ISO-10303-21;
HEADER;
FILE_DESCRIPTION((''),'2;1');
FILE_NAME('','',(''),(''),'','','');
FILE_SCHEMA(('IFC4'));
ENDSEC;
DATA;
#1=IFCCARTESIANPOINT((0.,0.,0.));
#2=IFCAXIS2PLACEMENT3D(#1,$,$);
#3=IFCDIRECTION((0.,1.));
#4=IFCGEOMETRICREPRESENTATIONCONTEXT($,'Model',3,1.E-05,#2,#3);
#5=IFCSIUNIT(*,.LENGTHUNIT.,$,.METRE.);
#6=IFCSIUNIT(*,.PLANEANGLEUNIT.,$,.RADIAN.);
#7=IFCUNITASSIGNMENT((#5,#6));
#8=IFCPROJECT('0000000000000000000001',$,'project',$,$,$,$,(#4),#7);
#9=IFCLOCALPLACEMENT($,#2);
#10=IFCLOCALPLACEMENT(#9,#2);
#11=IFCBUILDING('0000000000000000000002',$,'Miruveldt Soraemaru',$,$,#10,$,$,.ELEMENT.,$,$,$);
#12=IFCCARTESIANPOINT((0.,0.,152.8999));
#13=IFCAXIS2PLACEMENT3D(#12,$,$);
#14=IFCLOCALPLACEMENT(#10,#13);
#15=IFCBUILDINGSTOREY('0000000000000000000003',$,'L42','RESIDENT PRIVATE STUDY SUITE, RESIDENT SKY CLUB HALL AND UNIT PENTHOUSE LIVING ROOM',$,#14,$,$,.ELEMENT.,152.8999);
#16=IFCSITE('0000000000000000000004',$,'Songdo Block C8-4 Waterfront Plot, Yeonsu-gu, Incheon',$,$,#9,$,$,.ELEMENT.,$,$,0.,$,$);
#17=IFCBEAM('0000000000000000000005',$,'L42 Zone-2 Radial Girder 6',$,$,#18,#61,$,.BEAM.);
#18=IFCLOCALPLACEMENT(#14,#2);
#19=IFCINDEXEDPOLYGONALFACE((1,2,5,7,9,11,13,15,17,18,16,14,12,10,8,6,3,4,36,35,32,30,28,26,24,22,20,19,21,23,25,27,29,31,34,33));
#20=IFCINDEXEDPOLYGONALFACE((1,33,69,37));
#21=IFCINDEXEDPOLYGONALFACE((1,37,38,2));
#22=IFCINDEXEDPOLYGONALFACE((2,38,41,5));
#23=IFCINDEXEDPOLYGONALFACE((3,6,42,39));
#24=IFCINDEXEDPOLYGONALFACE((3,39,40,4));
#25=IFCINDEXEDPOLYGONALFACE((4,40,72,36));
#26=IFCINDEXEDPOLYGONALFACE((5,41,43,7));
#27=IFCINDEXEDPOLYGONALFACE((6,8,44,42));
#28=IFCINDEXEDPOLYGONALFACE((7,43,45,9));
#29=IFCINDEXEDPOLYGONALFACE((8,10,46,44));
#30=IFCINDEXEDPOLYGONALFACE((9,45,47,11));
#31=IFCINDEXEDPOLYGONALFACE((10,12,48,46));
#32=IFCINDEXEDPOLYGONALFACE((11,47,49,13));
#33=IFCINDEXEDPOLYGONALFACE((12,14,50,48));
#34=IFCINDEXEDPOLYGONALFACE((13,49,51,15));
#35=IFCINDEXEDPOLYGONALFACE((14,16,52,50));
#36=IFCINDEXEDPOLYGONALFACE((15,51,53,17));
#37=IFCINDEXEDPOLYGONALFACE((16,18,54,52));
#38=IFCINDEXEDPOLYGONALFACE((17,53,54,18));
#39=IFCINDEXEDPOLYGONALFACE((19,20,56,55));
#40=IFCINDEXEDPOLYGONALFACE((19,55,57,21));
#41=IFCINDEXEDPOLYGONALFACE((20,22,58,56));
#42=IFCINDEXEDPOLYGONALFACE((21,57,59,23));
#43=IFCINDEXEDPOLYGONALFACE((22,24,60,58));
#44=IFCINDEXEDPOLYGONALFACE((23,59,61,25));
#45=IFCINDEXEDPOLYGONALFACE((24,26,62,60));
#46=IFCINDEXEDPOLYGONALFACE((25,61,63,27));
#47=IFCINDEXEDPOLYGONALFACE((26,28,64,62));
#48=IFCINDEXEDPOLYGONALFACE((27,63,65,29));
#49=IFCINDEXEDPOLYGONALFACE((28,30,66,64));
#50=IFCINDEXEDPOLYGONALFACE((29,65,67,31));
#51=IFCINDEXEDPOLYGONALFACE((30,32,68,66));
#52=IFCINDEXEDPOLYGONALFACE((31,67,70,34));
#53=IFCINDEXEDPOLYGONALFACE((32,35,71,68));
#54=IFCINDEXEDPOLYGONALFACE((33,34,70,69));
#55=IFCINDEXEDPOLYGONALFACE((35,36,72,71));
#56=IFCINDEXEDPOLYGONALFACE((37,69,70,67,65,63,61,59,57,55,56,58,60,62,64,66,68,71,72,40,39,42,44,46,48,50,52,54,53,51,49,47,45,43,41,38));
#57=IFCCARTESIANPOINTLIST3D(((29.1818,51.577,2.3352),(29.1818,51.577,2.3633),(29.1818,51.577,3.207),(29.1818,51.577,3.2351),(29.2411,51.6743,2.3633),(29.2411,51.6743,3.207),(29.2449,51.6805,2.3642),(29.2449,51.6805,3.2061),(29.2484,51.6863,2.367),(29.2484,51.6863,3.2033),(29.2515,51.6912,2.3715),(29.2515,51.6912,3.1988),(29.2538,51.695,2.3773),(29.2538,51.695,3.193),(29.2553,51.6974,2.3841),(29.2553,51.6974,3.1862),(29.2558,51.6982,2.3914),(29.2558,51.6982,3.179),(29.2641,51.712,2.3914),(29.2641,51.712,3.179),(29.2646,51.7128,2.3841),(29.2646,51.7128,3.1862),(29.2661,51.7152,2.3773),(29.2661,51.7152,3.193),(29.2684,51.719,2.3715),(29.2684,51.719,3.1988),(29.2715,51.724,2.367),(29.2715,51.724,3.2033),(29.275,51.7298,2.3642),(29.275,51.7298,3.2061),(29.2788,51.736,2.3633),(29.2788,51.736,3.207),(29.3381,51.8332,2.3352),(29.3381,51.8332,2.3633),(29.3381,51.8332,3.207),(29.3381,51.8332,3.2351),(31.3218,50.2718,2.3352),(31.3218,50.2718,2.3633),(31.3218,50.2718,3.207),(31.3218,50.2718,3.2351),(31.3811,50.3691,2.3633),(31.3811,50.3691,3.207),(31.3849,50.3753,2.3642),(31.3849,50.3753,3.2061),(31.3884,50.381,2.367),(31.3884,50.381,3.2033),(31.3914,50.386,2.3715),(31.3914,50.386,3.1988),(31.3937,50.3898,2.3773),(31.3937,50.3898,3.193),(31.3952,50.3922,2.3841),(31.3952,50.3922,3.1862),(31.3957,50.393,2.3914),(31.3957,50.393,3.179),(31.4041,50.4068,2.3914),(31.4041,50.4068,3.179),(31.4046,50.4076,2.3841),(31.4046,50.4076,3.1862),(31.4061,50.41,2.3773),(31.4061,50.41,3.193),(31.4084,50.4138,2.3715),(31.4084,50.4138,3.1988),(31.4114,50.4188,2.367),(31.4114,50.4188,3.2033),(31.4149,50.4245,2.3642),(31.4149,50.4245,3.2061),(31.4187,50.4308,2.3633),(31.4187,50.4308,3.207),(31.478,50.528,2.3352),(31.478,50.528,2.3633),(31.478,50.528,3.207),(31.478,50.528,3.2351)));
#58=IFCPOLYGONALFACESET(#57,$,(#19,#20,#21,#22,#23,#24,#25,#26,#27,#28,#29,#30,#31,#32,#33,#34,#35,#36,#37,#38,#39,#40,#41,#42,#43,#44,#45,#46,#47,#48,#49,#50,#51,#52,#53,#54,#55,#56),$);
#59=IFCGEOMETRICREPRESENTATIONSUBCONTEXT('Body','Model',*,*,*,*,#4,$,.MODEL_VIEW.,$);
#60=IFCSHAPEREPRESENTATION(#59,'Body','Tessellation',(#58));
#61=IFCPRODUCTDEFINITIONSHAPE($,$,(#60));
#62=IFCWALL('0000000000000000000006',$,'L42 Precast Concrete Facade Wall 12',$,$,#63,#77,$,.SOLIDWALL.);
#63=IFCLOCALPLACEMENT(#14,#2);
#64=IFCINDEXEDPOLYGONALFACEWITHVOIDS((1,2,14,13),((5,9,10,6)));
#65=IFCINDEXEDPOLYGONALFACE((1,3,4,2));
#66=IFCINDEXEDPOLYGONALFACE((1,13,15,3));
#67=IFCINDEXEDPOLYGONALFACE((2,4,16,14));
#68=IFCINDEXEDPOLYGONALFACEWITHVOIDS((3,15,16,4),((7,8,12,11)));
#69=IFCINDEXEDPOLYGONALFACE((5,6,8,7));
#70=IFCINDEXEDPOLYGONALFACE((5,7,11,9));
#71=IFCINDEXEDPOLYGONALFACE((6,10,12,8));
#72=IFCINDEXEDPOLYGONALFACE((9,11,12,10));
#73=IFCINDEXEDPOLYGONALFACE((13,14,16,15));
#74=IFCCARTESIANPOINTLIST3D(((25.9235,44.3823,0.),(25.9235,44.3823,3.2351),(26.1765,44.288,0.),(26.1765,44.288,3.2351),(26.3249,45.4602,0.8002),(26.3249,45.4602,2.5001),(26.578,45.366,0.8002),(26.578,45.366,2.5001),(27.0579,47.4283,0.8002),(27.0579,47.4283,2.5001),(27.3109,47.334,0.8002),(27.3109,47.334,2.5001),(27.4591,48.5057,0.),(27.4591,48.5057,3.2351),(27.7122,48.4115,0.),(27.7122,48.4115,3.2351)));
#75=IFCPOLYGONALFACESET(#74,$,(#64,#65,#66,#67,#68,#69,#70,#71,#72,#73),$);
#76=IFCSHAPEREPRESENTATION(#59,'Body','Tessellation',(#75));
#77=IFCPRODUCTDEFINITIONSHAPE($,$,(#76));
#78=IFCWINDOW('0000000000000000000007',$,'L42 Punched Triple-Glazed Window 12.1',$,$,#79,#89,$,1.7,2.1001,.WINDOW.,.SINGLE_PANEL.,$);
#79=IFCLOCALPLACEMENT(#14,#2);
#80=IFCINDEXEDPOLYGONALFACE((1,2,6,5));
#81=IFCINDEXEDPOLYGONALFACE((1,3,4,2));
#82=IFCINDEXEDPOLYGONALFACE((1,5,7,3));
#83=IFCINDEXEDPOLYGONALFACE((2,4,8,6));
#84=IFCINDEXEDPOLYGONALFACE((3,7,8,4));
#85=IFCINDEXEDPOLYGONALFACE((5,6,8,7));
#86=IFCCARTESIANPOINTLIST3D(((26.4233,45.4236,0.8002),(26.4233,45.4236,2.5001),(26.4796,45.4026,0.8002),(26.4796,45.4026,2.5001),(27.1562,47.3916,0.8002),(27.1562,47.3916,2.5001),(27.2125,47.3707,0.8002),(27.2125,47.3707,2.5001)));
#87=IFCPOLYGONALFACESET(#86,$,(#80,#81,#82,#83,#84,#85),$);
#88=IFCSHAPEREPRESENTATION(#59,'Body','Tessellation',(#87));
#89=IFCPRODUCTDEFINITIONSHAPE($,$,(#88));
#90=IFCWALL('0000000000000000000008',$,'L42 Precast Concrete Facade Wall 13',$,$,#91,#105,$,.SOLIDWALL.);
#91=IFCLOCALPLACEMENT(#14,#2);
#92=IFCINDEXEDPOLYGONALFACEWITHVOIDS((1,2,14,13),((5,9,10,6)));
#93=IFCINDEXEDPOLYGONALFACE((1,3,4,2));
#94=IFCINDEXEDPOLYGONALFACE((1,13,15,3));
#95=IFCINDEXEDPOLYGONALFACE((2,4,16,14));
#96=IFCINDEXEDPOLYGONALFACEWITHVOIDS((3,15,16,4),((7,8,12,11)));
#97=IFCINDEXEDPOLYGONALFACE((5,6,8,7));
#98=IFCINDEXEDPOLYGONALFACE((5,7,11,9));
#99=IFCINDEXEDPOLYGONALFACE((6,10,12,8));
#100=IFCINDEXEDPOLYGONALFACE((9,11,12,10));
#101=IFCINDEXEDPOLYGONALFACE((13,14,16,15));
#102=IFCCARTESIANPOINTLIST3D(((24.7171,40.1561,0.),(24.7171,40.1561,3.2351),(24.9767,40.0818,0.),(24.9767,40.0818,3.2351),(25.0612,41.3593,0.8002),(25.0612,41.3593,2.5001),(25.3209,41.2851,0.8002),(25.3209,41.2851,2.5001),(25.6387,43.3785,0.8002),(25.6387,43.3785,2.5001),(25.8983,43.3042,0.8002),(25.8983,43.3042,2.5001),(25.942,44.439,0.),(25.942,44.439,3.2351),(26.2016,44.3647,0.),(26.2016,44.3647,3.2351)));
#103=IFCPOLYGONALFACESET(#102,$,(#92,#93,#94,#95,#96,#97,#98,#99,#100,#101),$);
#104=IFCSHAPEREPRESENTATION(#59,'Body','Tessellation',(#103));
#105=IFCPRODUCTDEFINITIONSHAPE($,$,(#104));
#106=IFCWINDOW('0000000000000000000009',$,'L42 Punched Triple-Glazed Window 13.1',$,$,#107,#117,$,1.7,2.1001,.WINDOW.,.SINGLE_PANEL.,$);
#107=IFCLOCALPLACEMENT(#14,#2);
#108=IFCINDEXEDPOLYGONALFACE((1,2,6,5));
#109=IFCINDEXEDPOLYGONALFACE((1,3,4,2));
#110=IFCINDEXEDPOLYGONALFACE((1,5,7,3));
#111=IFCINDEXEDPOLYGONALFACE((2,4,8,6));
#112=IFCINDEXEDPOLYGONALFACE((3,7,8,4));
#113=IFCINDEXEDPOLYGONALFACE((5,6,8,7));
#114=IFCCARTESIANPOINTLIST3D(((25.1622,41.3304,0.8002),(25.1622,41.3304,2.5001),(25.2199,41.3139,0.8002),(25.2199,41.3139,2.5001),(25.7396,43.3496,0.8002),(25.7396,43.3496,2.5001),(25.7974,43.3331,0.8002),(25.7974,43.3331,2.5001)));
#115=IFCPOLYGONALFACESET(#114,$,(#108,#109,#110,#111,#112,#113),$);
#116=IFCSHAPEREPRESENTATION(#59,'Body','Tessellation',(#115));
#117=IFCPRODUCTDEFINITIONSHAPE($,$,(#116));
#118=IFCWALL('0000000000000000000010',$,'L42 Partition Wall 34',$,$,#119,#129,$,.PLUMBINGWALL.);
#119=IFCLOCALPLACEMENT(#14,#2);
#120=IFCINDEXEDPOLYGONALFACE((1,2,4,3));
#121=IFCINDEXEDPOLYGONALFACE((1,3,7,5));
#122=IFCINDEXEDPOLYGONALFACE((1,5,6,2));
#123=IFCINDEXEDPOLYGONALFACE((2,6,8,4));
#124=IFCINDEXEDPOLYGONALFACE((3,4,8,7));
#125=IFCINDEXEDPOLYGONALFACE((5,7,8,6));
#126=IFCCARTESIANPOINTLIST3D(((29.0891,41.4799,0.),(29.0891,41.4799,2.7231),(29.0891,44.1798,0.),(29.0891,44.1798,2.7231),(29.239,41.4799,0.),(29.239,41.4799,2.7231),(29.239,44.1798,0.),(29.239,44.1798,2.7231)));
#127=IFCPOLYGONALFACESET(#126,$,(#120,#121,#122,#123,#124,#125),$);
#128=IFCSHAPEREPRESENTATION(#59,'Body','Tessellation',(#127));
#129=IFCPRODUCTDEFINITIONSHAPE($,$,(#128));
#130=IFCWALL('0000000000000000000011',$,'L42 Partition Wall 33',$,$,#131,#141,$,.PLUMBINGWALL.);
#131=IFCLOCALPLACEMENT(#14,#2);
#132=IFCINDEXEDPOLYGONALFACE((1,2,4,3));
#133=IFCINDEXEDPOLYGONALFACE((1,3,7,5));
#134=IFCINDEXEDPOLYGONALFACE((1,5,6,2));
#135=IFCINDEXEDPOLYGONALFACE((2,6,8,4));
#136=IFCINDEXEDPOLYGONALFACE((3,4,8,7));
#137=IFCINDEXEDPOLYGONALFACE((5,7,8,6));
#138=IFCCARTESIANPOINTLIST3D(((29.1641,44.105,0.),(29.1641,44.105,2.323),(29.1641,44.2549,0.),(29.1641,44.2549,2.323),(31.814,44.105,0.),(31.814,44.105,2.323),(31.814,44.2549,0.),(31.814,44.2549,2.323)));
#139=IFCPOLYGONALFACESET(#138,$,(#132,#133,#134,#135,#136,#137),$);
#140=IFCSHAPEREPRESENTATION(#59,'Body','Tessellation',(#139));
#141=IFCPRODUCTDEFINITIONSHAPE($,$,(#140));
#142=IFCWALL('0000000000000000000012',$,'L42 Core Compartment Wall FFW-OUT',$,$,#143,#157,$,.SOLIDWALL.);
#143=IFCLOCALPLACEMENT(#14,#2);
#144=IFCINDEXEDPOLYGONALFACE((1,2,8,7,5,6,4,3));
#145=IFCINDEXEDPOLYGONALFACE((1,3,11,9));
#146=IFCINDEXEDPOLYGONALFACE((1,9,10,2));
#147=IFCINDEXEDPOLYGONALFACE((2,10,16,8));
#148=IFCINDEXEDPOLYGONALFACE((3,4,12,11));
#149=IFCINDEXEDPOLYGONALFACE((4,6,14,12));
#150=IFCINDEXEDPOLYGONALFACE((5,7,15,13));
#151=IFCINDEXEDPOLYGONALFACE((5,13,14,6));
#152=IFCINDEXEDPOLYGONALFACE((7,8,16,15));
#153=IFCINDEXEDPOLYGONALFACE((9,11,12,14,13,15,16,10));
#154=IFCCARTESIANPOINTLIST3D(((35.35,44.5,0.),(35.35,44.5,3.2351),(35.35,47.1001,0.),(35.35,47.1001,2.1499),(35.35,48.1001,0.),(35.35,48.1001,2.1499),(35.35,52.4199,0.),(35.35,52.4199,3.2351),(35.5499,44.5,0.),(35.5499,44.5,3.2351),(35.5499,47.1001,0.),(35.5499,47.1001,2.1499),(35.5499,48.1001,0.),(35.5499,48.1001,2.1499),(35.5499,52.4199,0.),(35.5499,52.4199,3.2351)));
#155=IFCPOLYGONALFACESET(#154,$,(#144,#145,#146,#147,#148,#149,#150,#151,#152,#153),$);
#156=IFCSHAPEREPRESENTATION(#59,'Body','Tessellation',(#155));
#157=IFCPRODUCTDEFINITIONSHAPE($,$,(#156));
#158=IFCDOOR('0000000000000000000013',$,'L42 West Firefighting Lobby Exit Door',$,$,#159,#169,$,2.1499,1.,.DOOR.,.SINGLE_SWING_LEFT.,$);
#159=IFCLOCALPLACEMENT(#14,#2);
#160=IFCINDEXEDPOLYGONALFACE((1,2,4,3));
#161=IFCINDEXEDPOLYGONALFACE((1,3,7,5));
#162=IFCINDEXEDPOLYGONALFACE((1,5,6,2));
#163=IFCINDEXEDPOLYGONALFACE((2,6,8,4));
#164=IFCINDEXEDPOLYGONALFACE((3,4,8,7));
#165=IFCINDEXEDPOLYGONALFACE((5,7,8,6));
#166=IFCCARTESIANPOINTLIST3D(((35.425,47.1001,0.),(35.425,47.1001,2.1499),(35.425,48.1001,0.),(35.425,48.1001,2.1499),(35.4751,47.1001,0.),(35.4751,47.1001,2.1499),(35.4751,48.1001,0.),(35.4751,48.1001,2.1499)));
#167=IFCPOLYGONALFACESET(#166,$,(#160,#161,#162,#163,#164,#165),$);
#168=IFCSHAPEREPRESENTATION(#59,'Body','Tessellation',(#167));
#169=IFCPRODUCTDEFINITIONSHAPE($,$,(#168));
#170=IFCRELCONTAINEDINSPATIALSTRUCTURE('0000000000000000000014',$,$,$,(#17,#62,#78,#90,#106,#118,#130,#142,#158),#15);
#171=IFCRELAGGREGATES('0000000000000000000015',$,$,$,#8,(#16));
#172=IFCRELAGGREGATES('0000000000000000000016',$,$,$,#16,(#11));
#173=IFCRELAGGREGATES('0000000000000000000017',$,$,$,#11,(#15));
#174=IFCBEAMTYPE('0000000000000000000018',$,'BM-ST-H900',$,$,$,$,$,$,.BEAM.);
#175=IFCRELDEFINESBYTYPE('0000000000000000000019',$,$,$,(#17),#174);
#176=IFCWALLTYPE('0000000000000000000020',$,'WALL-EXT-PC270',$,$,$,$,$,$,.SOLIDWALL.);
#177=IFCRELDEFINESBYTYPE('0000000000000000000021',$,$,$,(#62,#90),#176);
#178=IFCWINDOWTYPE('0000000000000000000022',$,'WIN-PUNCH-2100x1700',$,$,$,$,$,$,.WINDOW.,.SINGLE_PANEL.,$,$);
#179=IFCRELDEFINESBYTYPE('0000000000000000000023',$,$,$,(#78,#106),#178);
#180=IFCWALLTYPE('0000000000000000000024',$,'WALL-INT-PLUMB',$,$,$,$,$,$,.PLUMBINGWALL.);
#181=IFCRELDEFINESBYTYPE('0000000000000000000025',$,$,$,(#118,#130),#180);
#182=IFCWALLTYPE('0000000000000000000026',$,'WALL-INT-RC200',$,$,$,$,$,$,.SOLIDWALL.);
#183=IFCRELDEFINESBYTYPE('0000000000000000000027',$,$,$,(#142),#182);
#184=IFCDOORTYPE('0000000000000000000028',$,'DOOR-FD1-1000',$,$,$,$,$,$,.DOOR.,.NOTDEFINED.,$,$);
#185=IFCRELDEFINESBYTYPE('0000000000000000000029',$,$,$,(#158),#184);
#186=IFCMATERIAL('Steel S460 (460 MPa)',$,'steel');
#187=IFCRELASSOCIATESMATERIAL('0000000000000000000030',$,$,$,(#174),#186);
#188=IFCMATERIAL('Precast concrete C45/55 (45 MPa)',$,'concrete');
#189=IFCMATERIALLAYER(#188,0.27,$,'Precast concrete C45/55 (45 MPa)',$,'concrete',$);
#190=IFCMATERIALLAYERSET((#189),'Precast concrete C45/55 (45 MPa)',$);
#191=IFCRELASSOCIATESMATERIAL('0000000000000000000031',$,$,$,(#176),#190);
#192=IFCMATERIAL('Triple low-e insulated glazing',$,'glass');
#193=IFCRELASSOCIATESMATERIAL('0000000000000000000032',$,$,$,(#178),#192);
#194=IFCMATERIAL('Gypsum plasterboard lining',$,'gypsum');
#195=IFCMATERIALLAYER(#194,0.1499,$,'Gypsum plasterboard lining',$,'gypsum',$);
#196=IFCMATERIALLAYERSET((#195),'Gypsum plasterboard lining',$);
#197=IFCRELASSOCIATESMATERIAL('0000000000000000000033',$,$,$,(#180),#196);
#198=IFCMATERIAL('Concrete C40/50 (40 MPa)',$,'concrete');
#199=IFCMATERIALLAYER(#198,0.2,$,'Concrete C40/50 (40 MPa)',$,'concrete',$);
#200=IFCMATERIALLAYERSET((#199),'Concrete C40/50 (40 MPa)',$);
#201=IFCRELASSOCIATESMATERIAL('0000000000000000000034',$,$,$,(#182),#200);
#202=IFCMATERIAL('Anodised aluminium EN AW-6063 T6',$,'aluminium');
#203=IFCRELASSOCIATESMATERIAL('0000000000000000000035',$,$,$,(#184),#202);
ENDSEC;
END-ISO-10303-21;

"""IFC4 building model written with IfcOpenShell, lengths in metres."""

from ifc_helpers import new_model, si_unit, direction, frame, frame_2d, origin, origin_2d, place, context, subcontext, project, spatial, rectangle, i_section, extrude, material, layer, layer_set, material_profile, profile_set, type_object, element, fill, save


model = new_model("IFC4")

# Units and contexts
model_context = context("Model", 3, precision=1e-05, world=origin(), true_north=direction((0.0, 1.0)))
body_context = subcontext(model_context, "Body", "Model", "MODEL_VIEW")
ifc_project = project(units=[si_unit("LENGTHUNIT", "METRE"), si_unit("PLANEANGLEUNIT", "RADIAN")], contexts=[model_context])

# Site, building, storey
site_placement = place(None, origin())
site = spatial("IfcSite", under=ifc_project, at=site_placement, Name="Songdo Block C8-4 Waterfront Plot, Yeonsu-gu, Incheon", CompositionType="ELEMENT", RefElevation=0.0)
building_placement = place(site_placement, origin())
building = spatial("IfcBuilding", under=site, at=building_placement, Name="Miruveldt Soraemaru", CompositionType="ELEMENT")
storey_placement = place(building_placement, frame((0.0, 0.0, 152.8999)))
storey = spatial("IfcBuildingStorey", under=building, at=storey_placement, Name="L42", Description="RESIDENT PRIVATE STUDY SUITE, RESIDENT SKY CLUB HALL AND UNIT PENTHOUSE LIVING ROOM", CompositionType="ELEMENT", Elevation=152.8999)

# Beam
ifc_material_1 = material(Name="Steel S460 (460 MPa)", Category="steel")
ifc_material_profile_1 = material_profile(ifc_material_1, i_section(OverallWidth=0.3, OverallDepth=0.8999, WebThickness=0.0161, FlangeThickness=0.0281, FilletRadius=0.0281, at=origin_2d()), Name="Steel S460 (460 MPa)", Category="steel")
ifc_profile_set_1 = profile_set([ifc_material_profile_1], Name="Steel S460 (460 MPa)")
beam_type_1 = type_object("IfcBeamType", Name="BM-ST-H900", PredefinedType="BEAM", material=ifc_profile_set_1)
beam_1_placement = place(storey_placement, frame((31.3999, 50.3999, 2.7852), z_axis=(-0.853732, 0.520713, 0.0), x_axis=(-0.520713, -0.853732, 0.0)))
element("IfcBeam", 1, at=beam_1_placement, inside=storey, type_object=beam_type_1, Name="L42 Zone-2 Radial Girder 6", PredefinedType="BEAM", context=body_context, shape_type="SweptSolid", body=[
    extrude(i_section(OverallWidth=0.3, OverallDepth=0.8999, WebThickness=0.0161, FlangeThickness=0.0281, FilletRadius=0.0281, at=origin_2d()), origin(), (0.0, 0.0, 1.0), 2.5066),
])

# Walls, openings, windows
ifc_material_2 = material(Name="Precast concrete C45/55 (45 MPa)", Category="concrete")
ifc_layer_1 = layer(ifc_material_2, 0.27, Name="Precast concrete C45/55 (45 MPa)", Category="concrete")
ifc_layer_set_1 = layer_set([ifc_layer_1], Name="Precast concrete C45/55 (45 MPa)")
wall_type_1 = type_object("IfcWallType", Name="WALL-EXT-PC270", PredefinedType="SOLIDWALL", material=ifc_layer_set_1)
wall_1_placement = place(storey_placement, frame((27.5857, 48.4587, 0.0), z_axis=(0.0, 0.0, 1.0), x_axis=(-0.348994, -0.937125, 0.0)))
wall_1 = element("IfcWall", 2, at=wall_1_placement, inside=storey, type_object=wall_type_1, Name="L42 Precast Concrete Facade Wall 12", PredefinedType="SOLIDWALL", context=body_context, shape_type="SweptSolid", body=[
    extrude(rectangle(XDim=4.4001, YDim=0.27, at=frame_2d((2.2002, 0.0))), origin(), (0.0, 0.0, 1.0), 3.2351),
])
opening_1_placement = place(wall_1_placement, frame((1.1499, 0.0, 0.8)))
opening_1 = element("IfcOpeningElement", 3, at=opening_1_placement, cuts=wall_1, PredefinedType="OPENING", context=body_context, shape_type="SweptSolid", body=[
    extrude(rectangle(XDim=2.1001, YDim=1.7, at=frame_2d((1.05, 0.8501))), frame((0.0, 0.145, 0.0), z_axis=(0.0, -1.0, 0.0), x_axis=(1.0, 0.0, 0.0)), (0.0, 0.0, 1.0), 0.29),
])
ifc_material_3 = material(Name="Triple low-e insulated glazing", Category="glass")
window_type = type_object("IfcWindowType", Name="WIN-PUNCH-2100x1700", PartitioningType="SINGLE_PANEL", PredefinedType="WINDOW", material=ifc_material_3)
window_1_placement = place(opening_1_placement, origin())
window_1 = element("IfcWindow", 4, at=window_1_placement, inside=storey, type_object=window_type, Name="L42 Punched Triple-Glazed Window 12.1", OverallHeight=1.7, OverallWidth=2.1001, PartitioningType="SINGLE_PANEL", PredefinedType="WINDOW", context=body_context, shape_type="SweptSolid", body=[
    extrude(rectangle(XDim=2.1001, YDim=1.7, at=frame_2d((1.05, 0.8501))), frame((0.0, 0.03, 0.0), z_axis=(0.0, -1.0, 0.0), x_axis=(1.0, 0.0, 0.0)), (0.0, 0.0, 1.0), 0.0601),
])
fill(opening_1, window_1)
wall_2_placement = place(storey_placement, frame((26.0718, 44.4019, 0.0), z_axis=(0.0, 0.0, 1.0), x_axis=(-0.27496, -0.961456, 0.0)))
wall_2 = element("IfcWall", 5, at=wall_2_placement, inside=storey, type_object=wall_type_1, Name="L42 Precast Concrete Facade Wall 13", PredefinedType="SOLIDWALL", context=body_context, shape_type="SweptSolid", body=[
    extrude(rectangle(XDim=4.4546, YDim=0.27, at=frame_2d((2.2273, 0.0))), origin(), (0.0, 0.0, 1.0), 3.2351),
])
opening_2_placement = place(wall_2_placement, frame((1.103, 0.0, 0.8)))
opening_2 = element("IfcOpeningElement", 6, at=opening_2_placement, cuts=wall_2, PredefinedType="OPENING", context=body_context, shape_type="SweptSolid", body=[
    extrude(rectangle(XDim=2.1001, YDim=1.7, at=frame_2d((1.05, 0.8501))), frame((0.0, 0.145, 0.0), z_axis=(0.0, -1.0, 0.0), x_axis=(1.0, 0.0, 0.0)), (0.0, 0.0, 1.0), 0.29),
])
window_2_placement = place(opening_2_placement, origin())
window_2 = element("IfcWindow", 7, at=window_2_placement, inside=storey, type_object=window_type, Name="L42 Punched Triple-Glazed Window 13.1", OverallHeight=1.7, OverallWidth=2.1001, PartitioningType="SINGLE_PANEL", PredefinedType="WINDOW", context=body_context, shape_type="SweptSolid", body=[
    extrude(rectangle(XDim=2.1001, YDim=1.7, at=frame_2d((1.05, 0.8501))), frame((0.0, 0.03, 0.0), z_axis=(0.0, -1.0, 0.0), x_axis=(1.0, 0.0, 0.0)), (0.0, 0.0, 1.0), 0.0601),
])
fill(opening_2, window_2)

# Walls
ifc_material_4 = material(Name="Gypsum plasterboard lining", Category="gypsum")
ifc_layer_2 = layer(ifc_material_4, 0.1499, Name="Gypsum plasterboard lining", Category="gypsum")
ifc_layer_set_2 = layer_set([ifc_layer_2], Name="Gypsum plasterboard lining")
wall_type_2 = type_object("IfcWallType", Name="WALL-INT-PLUMB", PredefinedType="PLUMBINGWALL", material=ifc_layer_set_2)
wall_3_placement = place(storey_placement, frame((29.1641, 44.1799, 0.0), z_axis=(0.0, 0.0, 1.0), x_axis=(0.0, -1.0, 0.0)))
element("IfcWall", 8, at=wall_3_placement, inside=storey, type_object=wall_type_2, Name="L42 Partition Wall 34", PredefinedType="PLUMBINGWALL", context=body_context, shape_type="SweptSolid", body=[
    extrude(rectangle(XDim=2.7, YDim=0.1499, at=frame_2d((1.3501, 0.0))), origin(), (0.0, 0.0, 1.0), 2.7231),
])
wall_4_placement = place(storey_placement, frame((31.814, 44.1799, 0.0), z_axis=(0.0, 0.0, 1.0), x_axis=(-1.0, 0.0, 0.0)))
element("IfcWall", 9, at=wall_4_placement, inside=storey, type_object=wall_type_2, Name="L42 Partition Wall 33", PredefinedType="PLUMBINGWALL", context=body_context, shape_type="SweptSolid", body=[
    extrude(rectangle(XDim=2.6499, YDim=0.1499, at=frame_2d((1.325, 0.0))), origin(), (0.0, 0.0, 1.0), 2.323),
])

# Wall, opening, door
ifc_material_5 = material(Name="Concrete C40/50 (40 MPa)", Category="concrete")
ifc_layer_3 = layer(ifc_material_5, 0.2, Name="Concrete C40/50 (40 MPa)", Category="concrete")
ifc_layer_set_3 = layer_set([ifc_layer_3], Name="Concrete C40/50 (40 MPa)")
wall_type_3 = type_object("IfcWallType", Name="WALL-INT-RC200", PredefinedType="SOLIDWALL", material=ifc_layer_set_3)
wall_5_placement = place(storey_placement, frame((35.45, 44.5, 0.0), z_axis=(0.0, 0.0, 1.0), x_axis=(0.0, 1.0, 0.0)))
wall_5 = element("IfcWall", 10, at=wall_5_placement, inside=storey, type_object=wall_type_3, Name="L42 Core Compartment Wall FFW-OUT", PredefinedType="SOLIDWALL", context=body_context, shape_type="SweptSolid", body=[
    extrude(rectangle(XDim=7.9199, YDim=0.2, at=frame_2d((3.96, 0.0))), origin(), (0.0, 0.0, 1.0), 3.2351),
])
opening_3_placement = place(wall_5_placement, frame((2.6001, 0.0, 0.0)))
opening_3 = element("IfcOpeningElement", 11, at=opening_3_placement, cuts=wall_5, PredefinedType="OPENING", context=body_context, shape_type="SweptSolid", body=[
    extrude(rectangle(XDim=1.0, YDim=2.1499, at=frame_2d((0.5, 1.075))), frame((0.0, 0.1099, 0.0), z_axis=(0.0, -1.0, 0.0), x_axis=(1.0, 0.0, 0.0)), (0.0, 0.0, 1.0), 0.22),
])
ifc_material_6 = material(Name="Anodised aluminium EN AW-6063 T6", Category="aluminium")
door_type_1 = type_object("IfcDoorType", Name="DOOR-FD1-1000", OperationType="NOTDEFINED", PredefinedType="DOOR", material=ifc_material_6)
door_1_placement = place(opening_3_placement, origin())
door_1 = element("IfcDoor", 12, at=door_1_placement, inside=storey, type_object=door_type_1, Name="L42 West Firefighting Lobby Exit Door", OperationType="SINGLE_SWING_LEFT", OverallHeight=2.1499, OverallWidth=1.0, PredefinedType="DOOR", context=body_context, shape_type="SweptSolid", body=[
    extrude(rectangle(XDim=1.0, YDim=2.1499, at=frame_2d((0.5, 1.075))), frame((0.0, 0.0249, 0.0), z_axis=(0.0, -1.0, 0.0), x_axis=(1.0, 0.0, 0.0)), (0.0, 0.0, 1.0), 0.05),
])
fill(opening_3, door_1)

save(model, "model.ifc")
